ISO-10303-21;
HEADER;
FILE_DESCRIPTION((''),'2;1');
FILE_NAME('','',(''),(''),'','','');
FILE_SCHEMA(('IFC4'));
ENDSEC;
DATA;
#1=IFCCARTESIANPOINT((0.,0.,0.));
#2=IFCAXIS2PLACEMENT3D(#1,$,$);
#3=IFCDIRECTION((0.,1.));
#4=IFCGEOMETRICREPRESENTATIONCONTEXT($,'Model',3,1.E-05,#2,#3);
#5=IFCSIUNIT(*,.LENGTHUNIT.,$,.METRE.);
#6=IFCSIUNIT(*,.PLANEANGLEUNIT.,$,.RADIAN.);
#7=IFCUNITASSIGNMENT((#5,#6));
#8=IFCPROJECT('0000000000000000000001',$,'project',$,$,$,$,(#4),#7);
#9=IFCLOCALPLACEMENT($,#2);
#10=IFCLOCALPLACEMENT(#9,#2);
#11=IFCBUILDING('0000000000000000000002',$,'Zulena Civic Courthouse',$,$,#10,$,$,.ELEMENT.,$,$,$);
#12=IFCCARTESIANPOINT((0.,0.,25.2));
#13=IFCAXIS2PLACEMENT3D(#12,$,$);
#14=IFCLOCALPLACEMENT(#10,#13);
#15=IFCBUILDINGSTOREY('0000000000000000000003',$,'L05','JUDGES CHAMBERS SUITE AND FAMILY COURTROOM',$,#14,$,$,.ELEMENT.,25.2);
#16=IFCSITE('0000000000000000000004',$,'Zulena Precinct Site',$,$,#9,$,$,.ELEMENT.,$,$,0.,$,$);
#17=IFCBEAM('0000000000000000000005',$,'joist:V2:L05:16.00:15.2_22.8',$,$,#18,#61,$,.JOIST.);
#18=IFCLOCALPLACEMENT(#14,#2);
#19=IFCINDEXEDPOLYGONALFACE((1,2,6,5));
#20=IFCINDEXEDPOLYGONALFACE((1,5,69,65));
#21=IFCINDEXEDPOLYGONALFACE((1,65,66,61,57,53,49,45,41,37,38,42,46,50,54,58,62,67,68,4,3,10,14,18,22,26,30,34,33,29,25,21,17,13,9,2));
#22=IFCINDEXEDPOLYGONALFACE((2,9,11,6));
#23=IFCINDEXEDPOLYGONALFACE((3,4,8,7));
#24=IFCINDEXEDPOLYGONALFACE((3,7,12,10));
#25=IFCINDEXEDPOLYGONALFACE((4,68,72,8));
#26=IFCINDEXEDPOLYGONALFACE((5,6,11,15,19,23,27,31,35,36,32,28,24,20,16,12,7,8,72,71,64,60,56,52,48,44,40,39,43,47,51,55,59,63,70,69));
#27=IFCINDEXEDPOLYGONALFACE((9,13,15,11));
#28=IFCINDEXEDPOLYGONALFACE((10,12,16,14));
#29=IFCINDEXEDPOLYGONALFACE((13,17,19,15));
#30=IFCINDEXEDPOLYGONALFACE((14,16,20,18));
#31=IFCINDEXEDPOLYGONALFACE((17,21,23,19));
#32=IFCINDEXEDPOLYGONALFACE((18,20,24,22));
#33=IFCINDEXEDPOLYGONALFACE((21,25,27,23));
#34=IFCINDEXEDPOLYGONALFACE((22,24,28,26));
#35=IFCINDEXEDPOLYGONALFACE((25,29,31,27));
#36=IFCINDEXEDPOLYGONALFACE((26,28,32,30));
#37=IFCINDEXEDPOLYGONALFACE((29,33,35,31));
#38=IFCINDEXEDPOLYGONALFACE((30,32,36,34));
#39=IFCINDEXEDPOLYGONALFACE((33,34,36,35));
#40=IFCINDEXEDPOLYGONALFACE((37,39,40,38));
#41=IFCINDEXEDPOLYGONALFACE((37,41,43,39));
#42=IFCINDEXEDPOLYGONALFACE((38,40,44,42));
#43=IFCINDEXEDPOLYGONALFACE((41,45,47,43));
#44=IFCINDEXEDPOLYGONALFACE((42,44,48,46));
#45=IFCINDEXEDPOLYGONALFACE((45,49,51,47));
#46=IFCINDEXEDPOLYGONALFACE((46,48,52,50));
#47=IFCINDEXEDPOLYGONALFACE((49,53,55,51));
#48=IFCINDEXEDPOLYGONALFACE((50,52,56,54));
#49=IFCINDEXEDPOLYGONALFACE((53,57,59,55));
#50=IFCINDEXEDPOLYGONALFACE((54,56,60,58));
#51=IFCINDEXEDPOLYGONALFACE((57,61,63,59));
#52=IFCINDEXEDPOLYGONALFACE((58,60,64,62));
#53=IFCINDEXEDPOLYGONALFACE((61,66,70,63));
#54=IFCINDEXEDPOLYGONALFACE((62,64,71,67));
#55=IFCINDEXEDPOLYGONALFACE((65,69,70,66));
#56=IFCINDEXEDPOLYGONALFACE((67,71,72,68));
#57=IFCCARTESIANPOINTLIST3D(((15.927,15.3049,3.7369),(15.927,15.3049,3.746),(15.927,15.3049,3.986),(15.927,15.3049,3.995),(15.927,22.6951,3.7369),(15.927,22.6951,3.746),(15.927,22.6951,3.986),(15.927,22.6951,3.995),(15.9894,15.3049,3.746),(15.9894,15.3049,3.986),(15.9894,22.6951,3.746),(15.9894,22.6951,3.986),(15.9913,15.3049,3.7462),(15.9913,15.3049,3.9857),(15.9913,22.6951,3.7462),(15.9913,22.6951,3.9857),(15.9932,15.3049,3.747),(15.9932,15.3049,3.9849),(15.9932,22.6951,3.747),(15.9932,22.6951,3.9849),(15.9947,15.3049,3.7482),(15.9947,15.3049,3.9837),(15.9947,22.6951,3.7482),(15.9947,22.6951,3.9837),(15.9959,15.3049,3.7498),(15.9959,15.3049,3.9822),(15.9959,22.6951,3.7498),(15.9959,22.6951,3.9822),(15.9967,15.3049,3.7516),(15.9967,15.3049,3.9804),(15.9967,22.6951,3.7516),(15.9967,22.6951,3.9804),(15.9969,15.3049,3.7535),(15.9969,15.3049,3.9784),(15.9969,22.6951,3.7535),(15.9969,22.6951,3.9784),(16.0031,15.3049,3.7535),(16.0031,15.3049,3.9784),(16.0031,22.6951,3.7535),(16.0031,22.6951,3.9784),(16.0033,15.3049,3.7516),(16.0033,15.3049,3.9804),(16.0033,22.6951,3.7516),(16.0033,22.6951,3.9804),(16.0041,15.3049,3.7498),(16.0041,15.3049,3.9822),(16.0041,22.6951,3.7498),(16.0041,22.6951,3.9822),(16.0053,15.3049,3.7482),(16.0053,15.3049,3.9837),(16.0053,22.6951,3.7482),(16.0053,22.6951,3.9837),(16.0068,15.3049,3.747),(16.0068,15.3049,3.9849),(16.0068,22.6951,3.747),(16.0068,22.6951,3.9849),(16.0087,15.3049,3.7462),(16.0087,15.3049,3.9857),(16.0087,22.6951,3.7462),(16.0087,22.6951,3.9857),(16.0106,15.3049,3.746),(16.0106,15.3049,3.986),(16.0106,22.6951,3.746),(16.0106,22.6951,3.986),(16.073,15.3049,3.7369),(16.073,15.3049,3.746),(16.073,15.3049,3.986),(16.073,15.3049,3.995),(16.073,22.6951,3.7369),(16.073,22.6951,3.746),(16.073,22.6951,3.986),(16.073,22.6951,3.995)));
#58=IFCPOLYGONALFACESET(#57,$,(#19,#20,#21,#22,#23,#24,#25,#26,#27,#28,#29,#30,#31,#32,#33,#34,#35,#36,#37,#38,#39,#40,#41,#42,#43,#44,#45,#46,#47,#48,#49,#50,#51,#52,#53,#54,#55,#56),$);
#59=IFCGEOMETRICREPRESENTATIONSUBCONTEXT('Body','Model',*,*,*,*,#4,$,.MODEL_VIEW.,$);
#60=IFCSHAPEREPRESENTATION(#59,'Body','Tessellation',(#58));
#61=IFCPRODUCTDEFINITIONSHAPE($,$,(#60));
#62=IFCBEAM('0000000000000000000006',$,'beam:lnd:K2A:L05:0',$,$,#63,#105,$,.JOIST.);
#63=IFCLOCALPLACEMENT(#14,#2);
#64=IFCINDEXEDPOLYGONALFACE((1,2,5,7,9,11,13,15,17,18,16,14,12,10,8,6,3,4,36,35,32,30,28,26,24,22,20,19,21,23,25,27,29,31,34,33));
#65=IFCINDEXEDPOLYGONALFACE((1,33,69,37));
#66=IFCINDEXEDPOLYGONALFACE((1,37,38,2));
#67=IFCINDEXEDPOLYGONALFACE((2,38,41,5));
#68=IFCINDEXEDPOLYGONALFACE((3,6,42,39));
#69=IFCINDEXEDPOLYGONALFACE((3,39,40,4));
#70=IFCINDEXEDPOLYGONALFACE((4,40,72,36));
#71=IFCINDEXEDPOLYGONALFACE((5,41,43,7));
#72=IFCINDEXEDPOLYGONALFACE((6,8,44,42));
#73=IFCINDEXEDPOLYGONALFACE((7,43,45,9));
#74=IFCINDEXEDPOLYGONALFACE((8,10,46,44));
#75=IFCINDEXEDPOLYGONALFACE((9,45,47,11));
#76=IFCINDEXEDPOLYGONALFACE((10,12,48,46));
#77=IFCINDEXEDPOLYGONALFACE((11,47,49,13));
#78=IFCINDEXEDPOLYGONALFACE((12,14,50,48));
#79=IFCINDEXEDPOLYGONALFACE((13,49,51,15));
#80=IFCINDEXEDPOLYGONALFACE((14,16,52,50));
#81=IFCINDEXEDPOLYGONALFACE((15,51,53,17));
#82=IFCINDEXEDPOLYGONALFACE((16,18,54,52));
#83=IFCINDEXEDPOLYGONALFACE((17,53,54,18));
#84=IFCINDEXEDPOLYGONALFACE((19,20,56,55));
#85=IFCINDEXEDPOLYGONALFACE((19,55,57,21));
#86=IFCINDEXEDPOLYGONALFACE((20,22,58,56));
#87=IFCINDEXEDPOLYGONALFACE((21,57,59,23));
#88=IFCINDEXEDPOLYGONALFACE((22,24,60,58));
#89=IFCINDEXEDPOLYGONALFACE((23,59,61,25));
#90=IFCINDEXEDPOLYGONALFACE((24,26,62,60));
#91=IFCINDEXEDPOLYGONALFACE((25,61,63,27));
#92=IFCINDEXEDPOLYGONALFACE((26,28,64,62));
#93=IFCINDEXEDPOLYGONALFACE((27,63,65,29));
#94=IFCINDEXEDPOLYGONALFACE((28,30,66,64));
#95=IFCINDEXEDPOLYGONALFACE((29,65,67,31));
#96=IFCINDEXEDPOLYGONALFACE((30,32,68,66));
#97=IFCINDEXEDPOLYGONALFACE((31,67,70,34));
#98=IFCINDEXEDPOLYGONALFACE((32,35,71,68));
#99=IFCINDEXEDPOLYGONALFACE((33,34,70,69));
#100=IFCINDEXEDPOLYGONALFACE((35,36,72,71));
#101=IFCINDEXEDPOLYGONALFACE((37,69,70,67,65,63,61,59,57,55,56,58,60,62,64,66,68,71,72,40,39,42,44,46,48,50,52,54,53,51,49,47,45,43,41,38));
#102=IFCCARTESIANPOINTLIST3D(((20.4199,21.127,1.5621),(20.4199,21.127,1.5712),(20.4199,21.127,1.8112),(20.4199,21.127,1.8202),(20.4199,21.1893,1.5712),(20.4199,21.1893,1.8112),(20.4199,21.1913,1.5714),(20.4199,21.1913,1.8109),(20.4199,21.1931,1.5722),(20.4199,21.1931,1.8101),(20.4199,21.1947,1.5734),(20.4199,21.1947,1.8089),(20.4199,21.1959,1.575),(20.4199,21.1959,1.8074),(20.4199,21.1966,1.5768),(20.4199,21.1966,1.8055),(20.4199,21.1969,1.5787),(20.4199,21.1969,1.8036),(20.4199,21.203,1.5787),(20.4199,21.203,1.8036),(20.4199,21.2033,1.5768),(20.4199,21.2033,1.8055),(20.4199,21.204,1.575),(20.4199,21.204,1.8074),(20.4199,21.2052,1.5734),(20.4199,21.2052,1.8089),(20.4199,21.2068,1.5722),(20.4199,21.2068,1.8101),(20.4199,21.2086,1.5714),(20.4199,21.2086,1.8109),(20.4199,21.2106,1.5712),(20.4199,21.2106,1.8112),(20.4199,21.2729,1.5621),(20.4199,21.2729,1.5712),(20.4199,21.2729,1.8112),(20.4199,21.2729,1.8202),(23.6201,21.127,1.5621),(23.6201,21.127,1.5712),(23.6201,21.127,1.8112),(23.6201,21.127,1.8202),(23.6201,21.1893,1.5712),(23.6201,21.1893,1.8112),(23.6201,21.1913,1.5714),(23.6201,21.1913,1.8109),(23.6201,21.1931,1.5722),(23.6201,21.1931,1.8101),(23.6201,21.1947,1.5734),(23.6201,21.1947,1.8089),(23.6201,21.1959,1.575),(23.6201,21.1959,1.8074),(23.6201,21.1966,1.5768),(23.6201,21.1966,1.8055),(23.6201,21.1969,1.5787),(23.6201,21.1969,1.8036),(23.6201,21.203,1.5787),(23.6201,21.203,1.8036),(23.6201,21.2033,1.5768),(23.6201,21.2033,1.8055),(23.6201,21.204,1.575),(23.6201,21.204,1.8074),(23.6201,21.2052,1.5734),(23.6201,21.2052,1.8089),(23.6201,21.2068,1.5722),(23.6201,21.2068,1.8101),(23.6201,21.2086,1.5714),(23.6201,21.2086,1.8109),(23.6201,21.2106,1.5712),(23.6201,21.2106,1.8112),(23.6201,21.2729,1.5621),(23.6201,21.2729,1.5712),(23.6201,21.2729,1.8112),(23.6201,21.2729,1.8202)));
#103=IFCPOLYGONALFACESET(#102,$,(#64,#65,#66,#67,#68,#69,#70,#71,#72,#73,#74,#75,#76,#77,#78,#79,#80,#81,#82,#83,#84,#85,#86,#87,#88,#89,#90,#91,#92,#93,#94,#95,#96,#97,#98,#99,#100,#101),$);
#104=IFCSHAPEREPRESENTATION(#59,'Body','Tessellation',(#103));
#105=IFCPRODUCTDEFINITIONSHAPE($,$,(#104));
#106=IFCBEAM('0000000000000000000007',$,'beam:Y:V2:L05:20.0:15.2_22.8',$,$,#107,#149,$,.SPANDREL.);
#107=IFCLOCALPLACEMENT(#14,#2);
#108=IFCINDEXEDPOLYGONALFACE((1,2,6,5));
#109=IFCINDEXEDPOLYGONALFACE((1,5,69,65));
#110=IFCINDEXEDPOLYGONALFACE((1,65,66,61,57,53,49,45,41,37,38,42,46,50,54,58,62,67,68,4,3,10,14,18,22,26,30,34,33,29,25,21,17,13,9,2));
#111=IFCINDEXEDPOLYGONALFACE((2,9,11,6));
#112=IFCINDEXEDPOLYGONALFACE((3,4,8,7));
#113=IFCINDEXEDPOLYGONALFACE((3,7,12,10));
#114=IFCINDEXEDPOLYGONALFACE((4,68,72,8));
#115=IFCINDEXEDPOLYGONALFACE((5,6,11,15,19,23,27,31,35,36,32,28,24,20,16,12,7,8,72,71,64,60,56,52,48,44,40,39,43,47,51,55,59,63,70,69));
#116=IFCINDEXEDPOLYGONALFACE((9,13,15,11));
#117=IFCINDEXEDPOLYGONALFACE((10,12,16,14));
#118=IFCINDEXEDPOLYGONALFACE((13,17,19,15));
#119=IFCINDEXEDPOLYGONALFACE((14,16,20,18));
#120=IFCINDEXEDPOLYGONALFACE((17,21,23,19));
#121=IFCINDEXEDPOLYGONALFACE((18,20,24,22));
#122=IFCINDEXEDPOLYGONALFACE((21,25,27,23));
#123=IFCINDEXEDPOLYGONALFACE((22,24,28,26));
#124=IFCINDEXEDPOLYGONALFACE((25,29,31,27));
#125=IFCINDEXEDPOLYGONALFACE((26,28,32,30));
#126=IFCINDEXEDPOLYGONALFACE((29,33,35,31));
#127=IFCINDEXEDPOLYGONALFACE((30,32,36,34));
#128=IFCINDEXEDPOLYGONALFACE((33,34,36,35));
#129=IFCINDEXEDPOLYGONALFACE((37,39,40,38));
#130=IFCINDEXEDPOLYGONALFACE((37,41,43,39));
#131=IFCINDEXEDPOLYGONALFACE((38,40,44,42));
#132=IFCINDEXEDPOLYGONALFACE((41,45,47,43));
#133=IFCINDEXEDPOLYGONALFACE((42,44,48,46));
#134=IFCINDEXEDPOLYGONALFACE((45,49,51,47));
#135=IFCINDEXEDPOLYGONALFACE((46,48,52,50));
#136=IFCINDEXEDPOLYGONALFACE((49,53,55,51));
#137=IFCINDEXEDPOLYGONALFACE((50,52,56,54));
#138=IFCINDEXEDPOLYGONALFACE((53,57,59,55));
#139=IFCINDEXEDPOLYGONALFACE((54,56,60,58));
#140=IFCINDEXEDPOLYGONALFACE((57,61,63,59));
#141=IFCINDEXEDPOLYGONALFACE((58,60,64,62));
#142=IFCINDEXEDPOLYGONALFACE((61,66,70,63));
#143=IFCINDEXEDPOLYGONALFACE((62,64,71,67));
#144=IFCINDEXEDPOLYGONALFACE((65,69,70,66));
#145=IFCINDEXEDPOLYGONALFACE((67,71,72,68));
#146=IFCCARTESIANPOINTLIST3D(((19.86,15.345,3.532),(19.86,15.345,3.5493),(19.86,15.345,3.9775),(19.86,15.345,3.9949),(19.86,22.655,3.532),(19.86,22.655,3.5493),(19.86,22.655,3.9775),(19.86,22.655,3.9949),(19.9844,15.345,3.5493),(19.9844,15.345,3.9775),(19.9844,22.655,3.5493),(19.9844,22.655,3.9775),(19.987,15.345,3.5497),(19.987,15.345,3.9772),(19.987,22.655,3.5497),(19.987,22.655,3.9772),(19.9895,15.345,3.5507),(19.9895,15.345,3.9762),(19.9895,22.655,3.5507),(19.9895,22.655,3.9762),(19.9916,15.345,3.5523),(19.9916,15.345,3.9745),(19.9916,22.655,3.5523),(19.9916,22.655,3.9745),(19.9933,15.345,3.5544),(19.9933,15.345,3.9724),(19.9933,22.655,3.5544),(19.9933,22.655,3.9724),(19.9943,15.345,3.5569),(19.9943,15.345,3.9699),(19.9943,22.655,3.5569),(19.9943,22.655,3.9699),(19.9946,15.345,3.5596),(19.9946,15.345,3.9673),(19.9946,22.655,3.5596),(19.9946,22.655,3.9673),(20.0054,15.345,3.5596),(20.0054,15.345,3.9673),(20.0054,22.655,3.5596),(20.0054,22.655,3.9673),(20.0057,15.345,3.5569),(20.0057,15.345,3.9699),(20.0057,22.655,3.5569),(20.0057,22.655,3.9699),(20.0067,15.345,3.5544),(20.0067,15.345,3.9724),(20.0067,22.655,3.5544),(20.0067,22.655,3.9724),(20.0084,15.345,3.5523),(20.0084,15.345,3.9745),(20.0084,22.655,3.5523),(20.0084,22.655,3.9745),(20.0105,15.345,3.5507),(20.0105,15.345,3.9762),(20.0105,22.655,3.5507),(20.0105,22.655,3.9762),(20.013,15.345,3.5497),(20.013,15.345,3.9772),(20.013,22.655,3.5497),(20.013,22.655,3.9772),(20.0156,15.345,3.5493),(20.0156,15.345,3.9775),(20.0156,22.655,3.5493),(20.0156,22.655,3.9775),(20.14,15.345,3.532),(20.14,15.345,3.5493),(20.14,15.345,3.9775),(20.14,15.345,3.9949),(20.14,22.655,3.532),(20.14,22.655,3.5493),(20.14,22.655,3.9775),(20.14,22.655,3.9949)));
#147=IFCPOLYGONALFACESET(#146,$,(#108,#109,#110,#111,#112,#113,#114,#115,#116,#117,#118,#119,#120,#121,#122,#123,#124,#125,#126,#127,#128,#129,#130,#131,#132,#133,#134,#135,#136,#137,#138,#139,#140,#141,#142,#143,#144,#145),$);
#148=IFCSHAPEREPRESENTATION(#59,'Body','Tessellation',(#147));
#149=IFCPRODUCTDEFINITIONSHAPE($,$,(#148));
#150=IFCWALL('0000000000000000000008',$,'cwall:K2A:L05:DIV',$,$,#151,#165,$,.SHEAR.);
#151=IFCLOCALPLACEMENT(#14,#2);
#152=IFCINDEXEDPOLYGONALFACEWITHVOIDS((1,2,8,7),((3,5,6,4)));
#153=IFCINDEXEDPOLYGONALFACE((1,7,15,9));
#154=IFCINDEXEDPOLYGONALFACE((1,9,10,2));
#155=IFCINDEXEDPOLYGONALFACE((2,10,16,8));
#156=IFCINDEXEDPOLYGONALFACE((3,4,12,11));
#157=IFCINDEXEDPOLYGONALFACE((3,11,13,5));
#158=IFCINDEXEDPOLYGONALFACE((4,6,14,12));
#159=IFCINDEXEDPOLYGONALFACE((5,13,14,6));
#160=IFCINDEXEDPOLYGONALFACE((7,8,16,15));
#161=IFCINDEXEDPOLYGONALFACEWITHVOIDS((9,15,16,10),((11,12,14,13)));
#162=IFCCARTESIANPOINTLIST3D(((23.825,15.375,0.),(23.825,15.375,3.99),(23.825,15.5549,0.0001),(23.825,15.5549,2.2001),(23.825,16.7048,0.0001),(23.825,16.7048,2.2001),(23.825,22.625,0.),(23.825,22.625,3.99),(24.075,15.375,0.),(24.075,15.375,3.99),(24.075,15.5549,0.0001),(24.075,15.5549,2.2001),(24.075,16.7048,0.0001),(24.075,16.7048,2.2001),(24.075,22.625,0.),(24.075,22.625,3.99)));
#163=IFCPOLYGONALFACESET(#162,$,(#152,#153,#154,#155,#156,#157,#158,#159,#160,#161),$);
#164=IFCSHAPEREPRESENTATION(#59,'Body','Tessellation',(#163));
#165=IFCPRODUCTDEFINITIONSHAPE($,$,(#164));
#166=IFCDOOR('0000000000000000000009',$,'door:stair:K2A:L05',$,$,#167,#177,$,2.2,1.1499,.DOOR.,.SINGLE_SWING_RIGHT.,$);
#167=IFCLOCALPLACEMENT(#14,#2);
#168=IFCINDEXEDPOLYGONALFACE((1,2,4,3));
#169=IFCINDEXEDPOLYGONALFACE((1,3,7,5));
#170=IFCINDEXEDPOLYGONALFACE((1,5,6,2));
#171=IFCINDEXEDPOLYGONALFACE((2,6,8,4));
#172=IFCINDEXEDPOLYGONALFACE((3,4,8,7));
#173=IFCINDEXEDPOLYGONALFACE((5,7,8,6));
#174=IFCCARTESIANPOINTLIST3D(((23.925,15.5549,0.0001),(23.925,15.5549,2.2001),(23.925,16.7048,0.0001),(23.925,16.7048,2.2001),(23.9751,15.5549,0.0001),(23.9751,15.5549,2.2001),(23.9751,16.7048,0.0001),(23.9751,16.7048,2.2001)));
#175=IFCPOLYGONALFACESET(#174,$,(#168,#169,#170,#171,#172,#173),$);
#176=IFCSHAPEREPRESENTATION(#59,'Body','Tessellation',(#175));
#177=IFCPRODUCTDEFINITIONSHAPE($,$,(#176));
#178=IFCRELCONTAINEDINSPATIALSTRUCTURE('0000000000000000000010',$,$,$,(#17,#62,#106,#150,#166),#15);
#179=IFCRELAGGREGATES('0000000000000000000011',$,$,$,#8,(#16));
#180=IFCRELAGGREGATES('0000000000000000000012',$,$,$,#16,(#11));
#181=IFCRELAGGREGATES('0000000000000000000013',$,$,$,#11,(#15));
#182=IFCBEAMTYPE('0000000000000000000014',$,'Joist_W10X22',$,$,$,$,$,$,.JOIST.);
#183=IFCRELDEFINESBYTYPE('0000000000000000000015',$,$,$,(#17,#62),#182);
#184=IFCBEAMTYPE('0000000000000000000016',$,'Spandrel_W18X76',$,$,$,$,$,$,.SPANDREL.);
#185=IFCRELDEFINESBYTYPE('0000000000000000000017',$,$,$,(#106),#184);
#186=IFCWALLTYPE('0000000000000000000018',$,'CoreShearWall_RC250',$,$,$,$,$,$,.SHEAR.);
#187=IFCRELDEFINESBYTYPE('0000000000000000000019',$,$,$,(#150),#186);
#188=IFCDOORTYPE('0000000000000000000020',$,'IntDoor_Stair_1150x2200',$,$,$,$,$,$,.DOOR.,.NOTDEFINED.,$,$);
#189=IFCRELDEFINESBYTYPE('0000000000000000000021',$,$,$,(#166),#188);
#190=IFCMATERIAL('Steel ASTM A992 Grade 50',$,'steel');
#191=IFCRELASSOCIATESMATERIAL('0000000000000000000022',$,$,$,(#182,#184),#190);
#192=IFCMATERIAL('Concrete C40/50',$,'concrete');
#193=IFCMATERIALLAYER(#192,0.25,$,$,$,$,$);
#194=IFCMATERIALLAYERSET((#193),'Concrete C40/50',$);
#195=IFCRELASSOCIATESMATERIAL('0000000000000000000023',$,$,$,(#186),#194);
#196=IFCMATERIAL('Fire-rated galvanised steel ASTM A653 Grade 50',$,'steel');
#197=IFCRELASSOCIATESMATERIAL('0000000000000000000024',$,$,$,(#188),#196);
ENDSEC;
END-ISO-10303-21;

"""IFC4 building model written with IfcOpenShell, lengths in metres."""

from ifc_helpers import new_model, si_unit, direction, frame, frame_2d, origin, origin_2d, place, context, subcontext, project, spatial, rectangle, i_section, extrude, material, layer, layer_set, material_profile, profile_set, type_object, element, fill, save


model = new_model("IFC4")

# Units and contexts
model_context = context("Model", 3, precision=1e-05, world=origin(), true_north=direction((0.0, 1.0)))
body_context = subcontext(model_context, "Body", "Model", "MODEL_VIEW")
ifc_project = project(units=[si_unit("LENGTHUNIT", "METRE"), si_unit("PLANEANGLEUNIT", "RADIAN")], contexts=[model_context])

# Site, building, storey
site_placement = place(None, origin())
site = spatial("IfcSite", under=ifc_project, at=site_placement, Name="Zulena Precinct Site", CompositionType="ELEMENT", RefElevation=0.0)
building_placement = place(site_placement, origin())
building = spatial("IfcBuilding", under=site, at=building_placement, Name="Zulena Civic Courthouse", CompositionType="ELEMENT")
storey_placement = place(building_placement, frame((0.0, 0.0, 25.2)))
storey = spatial("IfcBuildingStorey", under=building, at=storey_placement, Name="L05", Description="JUDGES CHAMBERS SUITE AND FAMILY COURTROOM", CompositionType="ELEMENT", Elevation=25.2)

# Shared definitions
ifc_material_1 = material(Name="Steel ASTM A992 Grade 50", Category="steel")

# Beams
ifc_material_profile_1 = material_profile(ifc_material_1, i_section(OverallWidth=0.146, OverallDepth=0.2581, WebThickness=0.0061, FlangeThickness=0.009, FilletRadius=0.0076, at=origin_2d()), Name="W10X22")
ifc_profile_set_1 = profile_set([ifc_material_profile_1], Name="Steel ASTM A992 Grade 50")
beam_type_1 = type_object("IfcBeamType", Name="Joist_W10X22", PredefinedType="JOIST", material=ifc_profile_set_1)
beam_1_placement = place(storey_placement, frame((16.0, 15.3049, 3.866), z_axis=(0.0, 1.0, 0.0), x_axis=(-1.0, 0.0, 0.0)))
element("IfcBeam", 1, at=beam_1_placement, inside=storey, type_object=beam_type_1, Name="joist:V2:L05:16.00:15.2_22.8", PredefinedType="JOIST", context=body_context, shape_type="SweptSolid", body=[
    extrude(i_section(OverallWidth=0.146, OverallDepth=0.2581, WebThickness=0.0061, FlangeThickness=0.009, FilletRadius=0.0076, at=origin_2d()), origin(), (0.0, 0.0, 1.0), 7.3901),
])
beam_2_placement = place(storey_placement, frame((20.4199, 21.2, 1.6912), z_axis=(1.0, 0.0, 0.0), x_axis=(0.0, 1.0, 0.0)))
element("IfcBeam", 2, at=beam_2_placement, inside=storey, type_object=beam_type_1, Name="beam:lnd:K2A:L05:0", PredefinedType="JOIST", context=body_context, shape_type="SweptSolid", body=[
    extrude(i_section(OverallWidth=0.146, OverallDepth=0.2581, WebThickness=0.0061, FlangeThickness=0.009, FilletRadius=0.0076, at=origin_2d()), origin(), (0.0, 0.0, 1.0), 3.2002),
])
ifc_material_profile_2 = material_profile(ifc_material_1, i_section(OverallWidth=0.28, OverallDepth=0.4629, WebThickness=0.0107, FlangeThickness=0.0173, FilletRadius=0.0103, at=origin_2d()), Name="W18X76")
ifc_profile_set_2 = profile_set([ifc_material_profile_2], Name="Steel ASTM A992 Grade 50")
beam_type_2 = type_object("IfcBeamType", Name="Spandrel_W18X76", PredefinedType="SPANDREL", material=ifc_profile_set_2)
beam_3_placement = place(storey_placement, frame((20.0, 15.345, 3.7634), z_axis=(0.0, 1.0, 0.0), x_axis=(-1.0, 0.0, 0.0)))
element("IfcBeam", 3, at=beam_3_placement, inside=storey, type_object=beam_type_2, Name="beam:Y:V2:L05:20.0:15.2_22.8", PredefinedType="SPANDREL", context=body_context, shape_type="SweptSolid", body=[
    extrude(i_section(OverallWidth=0.28, OverallDepth=0.4629, WebThickness=0.0107, FlangeThickness=0.0173, FilletRadius=0.0103, at=origin_2d()), origin(), (0.0, 0.0, 1.0), 7.3101),
])

# Wall, opening, door
ifc_material_2 = material(Name="Concrete C40/50", Category="concrete")
ifc_layer_1 = layer(ifc_material_2, 0.25)
ifc_layer_set_1 = layer_set([ifc_layer_1], Name="Concrete C40/50")
wall_type_1 = type_object("IfcWallType", Name="CoreShearWall_RC250", PredefinedType="SHEAR", material=ifc_layer_set_1)
wall_1_placement = place(storey_placement, frame((23.95, 15.375, 0.0), z_axis=(0.0, 0.0, 1.0), x_axis=(0.0, 1.0, 0.0)))
wall_1 = element("IfcWall", 4, at=wall_1_placement, inside=storey, type_object=wall_type_1, Name="cwall:K2A:L05:DIV", PredefinedType="SHEAR", context=body_context, shape_type="SweptSolid", body=[
    extrude(rectangle(XDim=7.25, YDim=0.25, at=frame_2d((3.625, 0.0))), origin(), (0.0, 0.0, 1.0), 3.99),
])
opening_1_placement = place(wall_1_placement, frame((0.1799, 0.0, 0.0)))
opening_1 = element("IfcOpeningElement", 5, at=opening_1_placement, cuts=wall_1, PredefinedType="OPENING", context=body_context, shape_type="SweptSolid", body=[
    extrude(rectangle(XDim=1.1499, YDim=2.2, at=frame_2d((0.575, 1.1001))), frame((0.0, 0.135, 0.0), z_axis=(0.0, -1.0, 0.0), x_axis=(1.0, 0.0, 0.0)), (0.0, 0.0, 1.0), 0.27),
])
ifc_material_3 = material(Name="Fire-rated galvanised steel ASTM A653 Grade 50", Category="steel")
door_type_1 = type_object("IfcDoorType", Name="IntDoor_Stair_1150x2200", OperationType="NOTDEFINED", PredefinedType="DOOR", material=ifc_material_3)
door_1_placement = place(opening_1_placement, origin())
door_1 = element("IfcDoor", 6, at=door_1_placement, inside=storey, type_object=door_type_1, Name="door:stair:K2A:L05", OperationType="SINGLE_SWING_RIGHT", OverallHeight=2.2, OverallWidth=1.1499, PredefinedType="DOOR", context=body_context, shape_type="SweptSolid", body=[
    extrude(rectangle(XDim=1.1499, YDim=2.2, at=frame_2d((0.575, 1.1001))), frame((0.0, 0.0249, 0.0), z_axis=(0.0, -1.0, 0.0), x_axis=(1.0, 0.0, 0.0)), (0.0, 0.0, 1.0), 0.05),
])
fill(opening_1, door_1)

save(model, "model.ifc")
